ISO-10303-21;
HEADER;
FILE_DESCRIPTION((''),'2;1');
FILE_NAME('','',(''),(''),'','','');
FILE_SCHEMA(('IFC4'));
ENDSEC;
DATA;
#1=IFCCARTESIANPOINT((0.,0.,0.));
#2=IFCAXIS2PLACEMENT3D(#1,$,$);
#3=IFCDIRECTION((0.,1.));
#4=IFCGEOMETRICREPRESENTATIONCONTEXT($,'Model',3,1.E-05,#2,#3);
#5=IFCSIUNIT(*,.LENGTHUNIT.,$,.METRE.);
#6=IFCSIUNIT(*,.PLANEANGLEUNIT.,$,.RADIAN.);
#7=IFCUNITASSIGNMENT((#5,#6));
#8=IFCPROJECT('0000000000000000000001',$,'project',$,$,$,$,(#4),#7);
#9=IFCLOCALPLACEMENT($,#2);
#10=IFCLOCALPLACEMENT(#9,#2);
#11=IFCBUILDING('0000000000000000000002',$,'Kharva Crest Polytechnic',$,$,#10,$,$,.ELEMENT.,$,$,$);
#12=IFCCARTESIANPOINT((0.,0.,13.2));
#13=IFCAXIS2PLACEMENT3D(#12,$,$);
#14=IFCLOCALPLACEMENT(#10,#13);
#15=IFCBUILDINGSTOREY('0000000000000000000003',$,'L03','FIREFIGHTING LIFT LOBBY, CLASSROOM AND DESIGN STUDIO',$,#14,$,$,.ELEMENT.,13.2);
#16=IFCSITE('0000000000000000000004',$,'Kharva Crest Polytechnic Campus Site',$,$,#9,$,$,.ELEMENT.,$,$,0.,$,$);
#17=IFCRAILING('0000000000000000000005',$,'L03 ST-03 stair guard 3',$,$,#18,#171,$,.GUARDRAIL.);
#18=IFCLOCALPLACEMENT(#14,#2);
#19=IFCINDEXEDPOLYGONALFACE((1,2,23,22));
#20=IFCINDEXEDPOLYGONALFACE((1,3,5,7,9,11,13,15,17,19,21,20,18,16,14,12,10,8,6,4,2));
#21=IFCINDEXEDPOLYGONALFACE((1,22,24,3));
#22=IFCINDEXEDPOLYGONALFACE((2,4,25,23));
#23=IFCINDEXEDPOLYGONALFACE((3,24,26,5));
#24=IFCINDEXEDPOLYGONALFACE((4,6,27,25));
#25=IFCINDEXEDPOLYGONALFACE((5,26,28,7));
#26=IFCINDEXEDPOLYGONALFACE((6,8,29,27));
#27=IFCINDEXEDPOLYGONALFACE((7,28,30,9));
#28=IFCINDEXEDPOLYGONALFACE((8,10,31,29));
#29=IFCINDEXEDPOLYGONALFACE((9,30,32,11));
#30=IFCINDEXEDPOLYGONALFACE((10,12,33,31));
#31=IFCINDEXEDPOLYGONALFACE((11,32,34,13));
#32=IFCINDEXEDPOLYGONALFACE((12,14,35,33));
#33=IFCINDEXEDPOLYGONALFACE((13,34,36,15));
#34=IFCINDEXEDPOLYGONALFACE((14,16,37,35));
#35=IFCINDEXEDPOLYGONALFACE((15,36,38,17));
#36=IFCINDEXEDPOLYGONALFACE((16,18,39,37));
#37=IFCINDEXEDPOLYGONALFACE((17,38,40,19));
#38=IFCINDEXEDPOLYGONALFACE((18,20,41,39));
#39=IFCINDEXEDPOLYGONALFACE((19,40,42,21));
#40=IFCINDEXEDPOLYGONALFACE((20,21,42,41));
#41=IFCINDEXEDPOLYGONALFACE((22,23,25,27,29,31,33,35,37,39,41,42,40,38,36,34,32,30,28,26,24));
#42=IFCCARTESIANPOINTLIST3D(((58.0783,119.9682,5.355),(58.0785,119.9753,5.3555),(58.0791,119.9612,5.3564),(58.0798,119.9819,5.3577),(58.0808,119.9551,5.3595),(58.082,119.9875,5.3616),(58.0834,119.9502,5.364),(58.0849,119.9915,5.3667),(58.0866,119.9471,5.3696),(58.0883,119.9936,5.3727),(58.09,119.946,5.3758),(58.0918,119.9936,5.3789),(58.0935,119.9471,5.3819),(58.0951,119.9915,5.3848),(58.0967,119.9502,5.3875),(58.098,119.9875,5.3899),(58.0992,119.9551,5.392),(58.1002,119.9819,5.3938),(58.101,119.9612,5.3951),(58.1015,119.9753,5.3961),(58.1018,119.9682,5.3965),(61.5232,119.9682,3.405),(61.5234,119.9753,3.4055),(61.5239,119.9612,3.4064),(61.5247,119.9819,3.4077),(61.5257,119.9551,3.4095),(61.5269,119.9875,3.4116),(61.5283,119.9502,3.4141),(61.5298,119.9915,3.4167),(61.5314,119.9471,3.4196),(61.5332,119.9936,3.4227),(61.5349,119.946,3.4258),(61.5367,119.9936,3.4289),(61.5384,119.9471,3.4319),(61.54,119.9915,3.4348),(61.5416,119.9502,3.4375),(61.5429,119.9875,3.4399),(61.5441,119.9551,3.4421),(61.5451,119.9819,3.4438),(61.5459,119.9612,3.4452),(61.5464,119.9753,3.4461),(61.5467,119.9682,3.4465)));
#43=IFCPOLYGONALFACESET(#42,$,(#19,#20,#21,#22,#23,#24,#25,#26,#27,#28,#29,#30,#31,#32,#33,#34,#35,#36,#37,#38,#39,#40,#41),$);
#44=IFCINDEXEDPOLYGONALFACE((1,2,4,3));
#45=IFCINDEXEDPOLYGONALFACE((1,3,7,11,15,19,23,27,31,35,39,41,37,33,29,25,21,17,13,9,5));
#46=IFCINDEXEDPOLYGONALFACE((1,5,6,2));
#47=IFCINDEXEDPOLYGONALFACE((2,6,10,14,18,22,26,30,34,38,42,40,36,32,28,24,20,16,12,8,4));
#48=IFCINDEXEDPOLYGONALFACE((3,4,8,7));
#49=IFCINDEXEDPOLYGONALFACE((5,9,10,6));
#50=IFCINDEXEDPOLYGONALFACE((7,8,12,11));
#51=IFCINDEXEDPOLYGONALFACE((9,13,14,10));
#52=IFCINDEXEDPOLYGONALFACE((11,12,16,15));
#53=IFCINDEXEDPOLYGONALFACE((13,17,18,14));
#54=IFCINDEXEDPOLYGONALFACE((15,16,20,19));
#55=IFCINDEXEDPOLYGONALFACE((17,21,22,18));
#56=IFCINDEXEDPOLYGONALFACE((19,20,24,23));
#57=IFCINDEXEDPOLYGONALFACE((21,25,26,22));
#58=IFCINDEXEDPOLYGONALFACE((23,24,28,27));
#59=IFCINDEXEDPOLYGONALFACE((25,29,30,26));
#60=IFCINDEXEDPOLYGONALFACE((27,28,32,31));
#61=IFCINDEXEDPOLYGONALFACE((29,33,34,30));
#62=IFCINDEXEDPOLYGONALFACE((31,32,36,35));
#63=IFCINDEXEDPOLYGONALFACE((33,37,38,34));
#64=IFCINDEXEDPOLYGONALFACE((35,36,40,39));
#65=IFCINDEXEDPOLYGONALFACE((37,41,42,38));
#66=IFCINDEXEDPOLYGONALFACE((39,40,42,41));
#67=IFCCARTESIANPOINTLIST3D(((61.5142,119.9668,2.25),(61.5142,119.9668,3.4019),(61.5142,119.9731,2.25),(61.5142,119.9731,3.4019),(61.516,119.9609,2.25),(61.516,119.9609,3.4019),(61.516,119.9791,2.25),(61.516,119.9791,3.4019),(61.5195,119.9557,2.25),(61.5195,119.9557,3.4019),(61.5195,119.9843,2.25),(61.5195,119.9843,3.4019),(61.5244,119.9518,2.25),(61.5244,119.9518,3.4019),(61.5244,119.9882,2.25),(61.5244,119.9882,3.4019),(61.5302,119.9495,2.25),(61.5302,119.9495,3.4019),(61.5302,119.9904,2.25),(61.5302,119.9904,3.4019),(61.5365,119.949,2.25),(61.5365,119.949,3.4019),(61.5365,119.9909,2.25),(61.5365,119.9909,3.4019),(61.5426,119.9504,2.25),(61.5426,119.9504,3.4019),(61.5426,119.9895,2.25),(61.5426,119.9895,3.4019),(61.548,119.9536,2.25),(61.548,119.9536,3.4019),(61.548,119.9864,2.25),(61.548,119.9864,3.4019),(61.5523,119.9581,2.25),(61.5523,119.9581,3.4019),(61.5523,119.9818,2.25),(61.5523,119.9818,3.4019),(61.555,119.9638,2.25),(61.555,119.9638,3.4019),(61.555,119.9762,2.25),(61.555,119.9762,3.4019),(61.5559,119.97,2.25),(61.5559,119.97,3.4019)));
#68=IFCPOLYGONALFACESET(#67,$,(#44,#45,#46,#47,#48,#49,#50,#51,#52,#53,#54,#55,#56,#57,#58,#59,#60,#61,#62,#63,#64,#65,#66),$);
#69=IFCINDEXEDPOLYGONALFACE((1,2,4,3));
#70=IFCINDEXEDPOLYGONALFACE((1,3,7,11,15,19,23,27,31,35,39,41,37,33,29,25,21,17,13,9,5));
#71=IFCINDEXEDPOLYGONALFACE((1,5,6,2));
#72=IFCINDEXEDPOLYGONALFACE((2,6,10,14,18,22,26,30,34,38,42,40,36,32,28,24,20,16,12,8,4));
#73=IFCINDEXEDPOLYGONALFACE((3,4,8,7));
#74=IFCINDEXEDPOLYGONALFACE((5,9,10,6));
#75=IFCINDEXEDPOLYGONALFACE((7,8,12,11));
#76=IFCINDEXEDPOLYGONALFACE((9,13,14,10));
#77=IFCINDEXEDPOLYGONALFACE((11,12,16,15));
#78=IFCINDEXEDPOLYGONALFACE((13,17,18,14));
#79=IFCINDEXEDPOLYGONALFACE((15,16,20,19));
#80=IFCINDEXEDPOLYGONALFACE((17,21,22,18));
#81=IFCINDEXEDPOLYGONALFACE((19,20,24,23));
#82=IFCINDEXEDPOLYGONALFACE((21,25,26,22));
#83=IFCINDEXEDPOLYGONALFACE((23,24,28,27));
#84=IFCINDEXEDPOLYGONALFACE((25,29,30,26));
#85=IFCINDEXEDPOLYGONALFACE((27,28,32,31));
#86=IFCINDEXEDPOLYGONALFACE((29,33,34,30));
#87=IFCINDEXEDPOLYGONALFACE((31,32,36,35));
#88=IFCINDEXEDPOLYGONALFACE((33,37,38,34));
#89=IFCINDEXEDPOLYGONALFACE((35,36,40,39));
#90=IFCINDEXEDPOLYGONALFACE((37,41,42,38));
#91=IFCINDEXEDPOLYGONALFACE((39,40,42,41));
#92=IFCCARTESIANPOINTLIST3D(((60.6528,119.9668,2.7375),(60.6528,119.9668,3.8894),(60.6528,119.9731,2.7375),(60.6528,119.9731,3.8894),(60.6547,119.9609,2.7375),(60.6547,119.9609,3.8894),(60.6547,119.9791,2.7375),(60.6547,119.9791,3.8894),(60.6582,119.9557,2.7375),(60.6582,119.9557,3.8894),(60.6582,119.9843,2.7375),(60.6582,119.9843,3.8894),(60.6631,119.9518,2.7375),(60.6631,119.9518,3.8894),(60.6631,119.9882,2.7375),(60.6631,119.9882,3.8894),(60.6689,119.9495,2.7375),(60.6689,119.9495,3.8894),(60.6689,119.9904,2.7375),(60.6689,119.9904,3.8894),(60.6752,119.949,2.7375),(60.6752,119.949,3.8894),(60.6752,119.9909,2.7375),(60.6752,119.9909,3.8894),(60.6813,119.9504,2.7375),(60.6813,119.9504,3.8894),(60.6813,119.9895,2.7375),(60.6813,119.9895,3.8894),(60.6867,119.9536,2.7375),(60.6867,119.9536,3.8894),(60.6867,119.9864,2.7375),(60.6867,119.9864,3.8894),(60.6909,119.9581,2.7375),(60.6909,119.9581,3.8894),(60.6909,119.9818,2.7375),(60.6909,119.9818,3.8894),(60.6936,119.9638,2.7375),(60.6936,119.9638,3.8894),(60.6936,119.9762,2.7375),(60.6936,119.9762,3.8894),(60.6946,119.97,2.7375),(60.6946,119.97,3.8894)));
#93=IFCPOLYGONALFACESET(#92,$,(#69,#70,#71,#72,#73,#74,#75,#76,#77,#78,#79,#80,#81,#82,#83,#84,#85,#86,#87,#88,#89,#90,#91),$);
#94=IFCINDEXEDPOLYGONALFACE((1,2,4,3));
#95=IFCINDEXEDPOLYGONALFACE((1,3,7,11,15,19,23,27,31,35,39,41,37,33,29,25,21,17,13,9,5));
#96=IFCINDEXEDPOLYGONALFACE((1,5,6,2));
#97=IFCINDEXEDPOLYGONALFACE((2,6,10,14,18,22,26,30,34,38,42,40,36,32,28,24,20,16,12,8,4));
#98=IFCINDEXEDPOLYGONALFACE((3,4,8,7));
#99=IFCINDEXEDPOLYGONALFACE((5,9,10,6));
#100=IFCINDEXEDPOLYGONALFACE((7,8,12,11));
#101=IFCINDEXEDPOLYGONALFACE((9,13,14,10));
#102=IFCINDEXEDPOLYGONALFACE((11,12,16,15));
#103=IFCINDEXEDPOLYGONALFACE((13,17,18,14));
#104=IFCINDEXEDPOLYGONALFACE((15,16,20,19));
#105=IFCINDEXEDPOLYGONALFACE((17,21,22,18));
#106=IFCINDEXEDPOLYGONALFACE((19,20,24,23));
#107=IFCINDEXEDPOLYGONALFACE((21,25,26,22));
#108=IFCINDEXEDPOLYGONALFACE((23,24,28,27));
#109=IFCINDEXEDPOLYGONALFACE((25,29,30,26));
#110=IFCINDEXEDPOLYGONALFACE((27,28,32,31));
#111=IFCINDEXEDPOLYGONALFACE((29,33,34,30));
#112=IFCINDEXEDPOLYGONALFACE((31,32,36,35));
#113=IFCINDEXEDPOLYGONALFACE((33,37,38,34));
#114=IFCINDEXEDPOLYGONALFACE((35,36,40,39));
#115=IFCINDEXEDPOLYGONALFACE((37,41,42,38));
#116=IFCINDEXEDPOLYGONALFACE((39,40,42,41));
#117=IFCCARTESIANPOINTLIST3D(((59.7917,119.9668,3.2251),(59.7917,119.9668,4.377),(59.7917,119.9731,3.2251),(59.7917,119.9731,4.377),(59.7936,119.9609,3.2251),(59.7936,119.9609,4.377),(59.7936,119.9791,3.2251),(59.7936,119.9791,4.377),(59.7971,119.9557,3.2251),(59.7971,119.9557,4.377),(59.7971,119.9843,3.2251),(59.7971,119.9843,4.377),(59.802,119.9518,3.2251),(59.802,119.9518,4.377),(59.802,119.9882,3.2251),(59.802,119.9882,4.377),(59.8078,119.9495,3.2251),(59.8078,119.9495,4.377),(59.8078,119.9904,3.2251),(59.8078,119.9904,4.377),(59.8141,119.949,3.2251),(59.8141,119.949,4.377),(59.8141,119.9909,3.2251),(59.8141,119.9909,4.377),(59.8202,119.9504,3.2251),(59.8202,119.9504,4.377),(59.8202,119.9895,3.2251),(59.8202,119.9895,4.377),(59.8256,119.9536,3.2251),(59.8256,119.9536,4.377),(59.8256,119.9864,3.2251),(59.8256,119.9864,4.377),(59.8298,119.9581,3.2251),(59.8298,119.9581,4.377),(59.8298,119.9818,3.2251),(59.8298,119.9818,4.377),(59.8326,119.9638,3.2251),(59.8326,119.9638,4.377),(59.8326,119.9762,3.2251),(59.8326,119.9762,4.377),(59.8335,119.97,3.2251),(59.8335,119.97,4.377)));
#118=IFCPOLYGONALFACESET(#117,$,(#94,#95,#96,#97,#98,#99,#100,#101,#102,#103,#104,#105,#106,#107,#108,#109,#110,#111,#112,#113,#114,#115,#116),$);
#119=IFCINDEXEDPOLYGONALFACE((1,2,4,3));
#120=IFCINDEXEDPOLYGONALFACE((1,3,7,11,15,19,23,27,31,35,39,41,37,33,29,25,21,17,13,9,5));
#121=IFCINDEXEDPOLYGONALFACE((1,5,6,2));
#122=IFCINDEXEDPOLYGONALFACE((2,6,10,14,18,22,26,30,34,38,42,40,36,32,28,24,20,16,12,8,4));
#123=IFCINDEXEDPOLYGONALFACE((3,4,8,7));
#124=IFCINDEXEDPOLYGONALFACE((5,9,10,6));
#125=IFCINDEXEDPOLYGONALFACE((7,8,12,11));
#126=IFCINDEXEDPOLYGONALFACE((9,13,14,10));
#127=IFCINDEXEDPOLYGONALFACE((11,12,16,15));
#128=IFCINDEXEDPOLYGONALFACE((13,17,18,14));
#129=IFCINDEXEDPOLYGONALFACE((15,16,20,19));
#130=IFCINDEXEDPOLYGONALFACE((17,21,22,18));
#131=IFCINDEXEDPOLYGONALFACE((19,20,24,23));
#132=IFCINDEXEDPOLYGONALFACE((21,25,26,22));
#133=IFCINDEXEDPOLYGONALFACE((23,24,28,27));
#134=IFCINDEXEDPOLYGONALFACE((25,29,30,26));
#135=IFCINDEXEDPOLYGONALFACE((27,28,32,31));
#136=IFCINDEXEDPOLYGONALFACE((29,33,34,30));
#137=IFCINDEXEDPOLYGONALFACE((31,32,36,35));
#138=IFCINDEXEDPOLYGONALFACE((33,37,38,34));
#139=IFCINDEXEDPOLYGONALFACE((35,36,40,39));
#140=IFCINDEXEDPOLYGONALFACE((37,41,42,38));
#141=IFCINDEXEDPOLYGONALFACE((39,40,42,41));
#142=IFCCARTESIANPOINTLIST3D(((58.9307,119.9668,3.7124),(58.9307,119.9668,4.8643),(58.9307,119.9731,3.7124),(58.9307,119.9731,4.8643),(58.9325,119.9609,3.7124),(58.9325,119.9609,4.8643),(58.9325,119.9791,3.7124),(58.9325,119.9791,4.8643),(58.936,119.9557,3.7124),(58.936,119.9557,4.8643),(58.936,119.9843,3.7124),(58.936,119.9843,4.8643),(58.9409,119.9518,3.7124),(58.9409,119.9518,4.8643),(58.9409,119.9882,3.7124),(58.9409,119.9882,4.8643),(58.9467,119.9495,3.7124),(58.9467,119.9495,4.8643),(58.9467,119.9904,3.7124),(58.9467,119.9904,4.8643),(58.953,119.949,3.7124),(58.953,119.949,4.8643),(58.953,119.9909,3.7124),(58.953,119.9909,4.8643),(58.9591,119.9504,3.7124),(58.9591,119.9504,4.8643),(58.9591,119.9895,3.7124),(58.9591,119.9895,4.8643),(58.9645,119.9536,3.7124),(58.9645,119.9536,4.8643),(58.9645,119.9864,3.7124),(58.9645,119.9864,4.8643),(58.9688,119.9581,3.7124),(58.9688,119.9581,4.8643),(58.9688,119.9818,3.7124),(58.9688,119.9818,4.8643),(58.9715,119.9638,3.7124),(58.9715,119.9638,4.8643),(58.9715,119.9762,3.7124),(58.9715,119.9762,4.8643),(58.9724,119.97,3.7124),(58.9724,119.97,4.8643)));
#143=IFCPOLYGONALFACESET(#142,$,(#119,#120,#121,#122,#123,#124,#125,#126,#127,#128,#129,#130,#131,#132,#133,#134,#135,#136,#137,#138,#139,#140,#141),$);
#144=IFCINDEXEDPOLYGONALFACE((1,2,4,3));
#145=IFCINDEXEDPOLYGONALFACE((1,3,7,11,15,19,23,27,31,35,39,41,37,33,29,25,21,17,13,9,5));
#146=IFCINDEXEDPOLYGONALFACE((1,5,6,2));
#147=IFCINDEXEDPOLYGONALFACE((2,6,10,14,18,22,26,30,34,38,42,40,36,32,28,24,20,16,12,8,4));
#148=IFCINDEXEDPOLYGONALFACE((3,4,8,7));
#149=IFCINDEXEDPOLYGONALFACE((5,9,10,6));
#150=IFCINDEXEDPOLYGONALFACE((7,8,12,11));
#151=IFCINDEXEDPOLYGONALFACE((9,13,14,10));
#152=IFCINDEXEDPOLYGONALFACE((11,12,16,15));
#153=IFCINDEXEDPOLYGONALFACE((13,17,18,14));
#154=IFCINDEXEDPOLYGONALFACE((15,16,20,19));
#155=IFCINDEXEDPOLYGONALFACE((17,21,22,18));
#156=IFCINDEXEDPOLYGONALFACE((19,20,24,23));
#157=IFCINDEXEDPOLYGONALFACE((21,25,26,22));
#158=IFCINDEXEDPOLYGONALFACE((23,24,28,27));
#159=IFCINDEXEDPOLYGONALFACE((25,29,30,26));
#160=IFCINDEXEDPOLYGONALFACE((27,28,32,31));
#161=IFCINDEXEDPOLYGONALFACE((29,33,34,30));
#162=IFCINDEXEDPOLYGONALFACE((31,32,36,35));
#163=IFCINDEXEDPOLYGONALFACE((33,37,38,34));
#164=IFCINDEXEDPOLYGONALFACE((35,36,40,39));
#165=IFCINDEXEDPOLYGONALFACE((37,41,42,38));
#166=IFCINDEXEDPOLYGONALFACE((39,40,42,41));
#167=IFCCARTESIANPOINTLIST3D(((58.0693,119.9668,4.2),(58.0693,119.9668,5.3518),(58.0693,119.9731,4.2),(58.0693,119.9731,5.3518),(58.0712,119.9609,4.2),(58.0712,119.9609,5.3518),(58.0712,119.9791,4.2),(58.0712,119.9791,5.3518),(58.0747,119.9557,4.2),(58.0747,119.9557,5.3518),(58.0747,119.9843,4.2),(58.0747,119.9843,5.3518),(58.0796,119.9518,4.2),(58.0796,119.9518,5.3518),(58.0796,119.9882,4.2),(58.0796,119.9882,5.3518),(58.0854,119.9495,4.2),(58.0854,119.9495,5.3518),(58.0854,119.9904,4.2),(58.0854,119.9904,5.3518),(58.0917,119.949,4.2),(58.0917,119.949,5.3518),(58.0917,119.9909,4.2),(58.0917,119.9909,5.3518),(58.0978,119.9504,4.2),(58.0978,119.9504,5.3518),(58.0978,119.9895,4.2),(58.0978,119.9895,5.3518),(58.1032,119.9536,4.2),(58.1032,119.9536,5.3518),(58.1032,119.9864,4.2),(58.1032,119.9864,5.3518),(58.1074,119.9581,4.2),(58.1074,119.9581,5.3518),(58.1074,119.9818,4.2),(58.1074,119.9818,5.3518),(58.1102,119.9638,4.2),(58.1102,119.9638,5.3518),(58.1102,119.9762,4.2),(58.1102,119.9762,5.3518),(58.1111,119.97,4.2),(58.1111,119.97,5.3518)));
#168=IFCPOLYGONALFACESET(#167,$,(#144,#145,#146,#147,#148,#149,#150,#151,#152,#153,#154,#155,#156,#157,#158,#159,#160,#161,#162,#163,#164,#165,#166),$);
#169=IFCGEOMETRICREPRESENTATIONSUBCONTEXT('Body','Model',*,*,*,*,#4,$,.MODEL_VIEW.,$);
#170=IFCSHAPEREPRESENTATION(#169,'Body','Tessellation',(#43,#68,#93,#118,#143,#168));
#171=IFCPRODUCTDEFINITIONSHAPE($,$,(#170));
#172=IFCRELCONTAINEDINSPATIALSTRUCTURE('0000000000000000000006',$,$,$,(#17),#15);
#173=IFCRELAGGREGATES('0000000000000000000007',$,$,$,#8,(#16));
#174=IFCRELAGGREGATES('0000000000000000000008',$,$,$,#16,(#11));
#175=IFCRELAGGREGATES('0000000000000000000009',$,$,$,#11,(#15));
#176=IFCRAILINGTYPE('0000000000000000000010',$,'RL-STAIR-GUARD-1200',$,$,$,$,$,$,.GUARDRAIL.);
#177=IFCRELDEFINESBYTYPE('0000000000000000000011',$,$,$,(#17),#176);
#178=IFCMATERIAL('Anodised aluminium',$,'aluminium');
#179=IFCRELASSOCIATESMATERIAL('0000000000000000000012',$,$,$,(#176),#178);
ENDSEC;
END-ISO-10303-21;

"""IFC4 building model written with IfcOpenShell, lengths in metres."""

from ifc_helpers import new_model, si_unit, direction, frame, origin, origin_2d, place, context, subcontext, project, spatial, circle, extrude, material, type_object, element, save


model = new_model("IFC4")

# Units and contexts
model_context = context("Model", 3, precision=1e-05, world=origin(), true_north=direction((0.0, 1.0)))
body_context = subcontext(model_context, "Body", "Model", "MODEL_VIEW")
ifc_project = project(units=[si_unit("LENGTHUNIT", "METRE"), si_unit("PLANEANGLEUNIT", "RADIAN")], contexts=[model_context])

# Site, building, storey
site_placement = place(None, origin())
site = spatial("IfcSite", under=ifc_project, at=site_placement, Name="Kharva Crest Polytechnic Campus Site", CompositionType="ELEMENT", RefElevation=0.0)
building_placement = place(site_placement, origin())
building = spatial("IfcBuilding", under=site, at=building_placement, Name="Kharva Crest Polytechnic", CompositionType="ELEMENT")
storey_placement = place(building_placement, frame((0.0, 0.0, 13.2)))
storey = spatial("IfcBuildingStorey", under=building, at=storey_placement, Name="L03", Description="FIREFIGHTING LIFT LOBBY, CLASSROOM AND DESIGN STUDIO", CompositionType="ELEMENT", Elevation=13.2)

# Shared definitions
ifc_material_1 = material(Name="Anodised aluminium", Category="aluminium")

# Railing
railing_type_1 = type_object("IfcRailingType", Name="RL-STAIR-GUARD-1200", PredefinedType="GUARDRAIL", material=ifc_material_1)
railing_1_placement = place(storey_placement, frame((61.5349, 119.97, 2.25)))
element("IfcRailing", 1, at=railing_1_placement, inside=storey, type_object=railing_type_1, Name="L03 ST-03 stair guard 3", PredefinedType="GUARDRAIL", context=body_context, shape_type="SweptSolid", body=[
    extrude(circle(Radius=0.0239, at=origin_2d()), frame((0.0, 0.0, 1.1758), z_axis=(-0.870251, 0.0, 0.492608), x_axis=(0.0, -1.0, 0.0)), (0.0, 0.0, 1.0), 3.9585),
    extrude(circle(Radius=0.021, at=origin_2d()), origin(), (0.0, 0.0, 1.0), 1.1519),
    extrude(circle(Radius=0.021, at=origin_2d()), frame((-0.8613, 0.0, 0.4875)), (0.0, 0.0, 1.0), 1.1519),
    extrude(circle(Radius=0.021, at=origin_2d()), frame((-1.7224, 0.0, 0.9751)), (0.0, 0.0, 1.0), 1.1519),
    extrude(circle(Radius=0.021, at=origin_2d()), frame((-2.5835, 0.0, 1.4624)), (0.0, 0.0, 1.0), 1.1519),
    extrude(circle(Radius=0.021, at=origin_2d()), frame((-3.4448, 0.0, 1.95)), (0.0, 0.0, 1.0), 1.1519),
])

save(model, "model.ifc")
